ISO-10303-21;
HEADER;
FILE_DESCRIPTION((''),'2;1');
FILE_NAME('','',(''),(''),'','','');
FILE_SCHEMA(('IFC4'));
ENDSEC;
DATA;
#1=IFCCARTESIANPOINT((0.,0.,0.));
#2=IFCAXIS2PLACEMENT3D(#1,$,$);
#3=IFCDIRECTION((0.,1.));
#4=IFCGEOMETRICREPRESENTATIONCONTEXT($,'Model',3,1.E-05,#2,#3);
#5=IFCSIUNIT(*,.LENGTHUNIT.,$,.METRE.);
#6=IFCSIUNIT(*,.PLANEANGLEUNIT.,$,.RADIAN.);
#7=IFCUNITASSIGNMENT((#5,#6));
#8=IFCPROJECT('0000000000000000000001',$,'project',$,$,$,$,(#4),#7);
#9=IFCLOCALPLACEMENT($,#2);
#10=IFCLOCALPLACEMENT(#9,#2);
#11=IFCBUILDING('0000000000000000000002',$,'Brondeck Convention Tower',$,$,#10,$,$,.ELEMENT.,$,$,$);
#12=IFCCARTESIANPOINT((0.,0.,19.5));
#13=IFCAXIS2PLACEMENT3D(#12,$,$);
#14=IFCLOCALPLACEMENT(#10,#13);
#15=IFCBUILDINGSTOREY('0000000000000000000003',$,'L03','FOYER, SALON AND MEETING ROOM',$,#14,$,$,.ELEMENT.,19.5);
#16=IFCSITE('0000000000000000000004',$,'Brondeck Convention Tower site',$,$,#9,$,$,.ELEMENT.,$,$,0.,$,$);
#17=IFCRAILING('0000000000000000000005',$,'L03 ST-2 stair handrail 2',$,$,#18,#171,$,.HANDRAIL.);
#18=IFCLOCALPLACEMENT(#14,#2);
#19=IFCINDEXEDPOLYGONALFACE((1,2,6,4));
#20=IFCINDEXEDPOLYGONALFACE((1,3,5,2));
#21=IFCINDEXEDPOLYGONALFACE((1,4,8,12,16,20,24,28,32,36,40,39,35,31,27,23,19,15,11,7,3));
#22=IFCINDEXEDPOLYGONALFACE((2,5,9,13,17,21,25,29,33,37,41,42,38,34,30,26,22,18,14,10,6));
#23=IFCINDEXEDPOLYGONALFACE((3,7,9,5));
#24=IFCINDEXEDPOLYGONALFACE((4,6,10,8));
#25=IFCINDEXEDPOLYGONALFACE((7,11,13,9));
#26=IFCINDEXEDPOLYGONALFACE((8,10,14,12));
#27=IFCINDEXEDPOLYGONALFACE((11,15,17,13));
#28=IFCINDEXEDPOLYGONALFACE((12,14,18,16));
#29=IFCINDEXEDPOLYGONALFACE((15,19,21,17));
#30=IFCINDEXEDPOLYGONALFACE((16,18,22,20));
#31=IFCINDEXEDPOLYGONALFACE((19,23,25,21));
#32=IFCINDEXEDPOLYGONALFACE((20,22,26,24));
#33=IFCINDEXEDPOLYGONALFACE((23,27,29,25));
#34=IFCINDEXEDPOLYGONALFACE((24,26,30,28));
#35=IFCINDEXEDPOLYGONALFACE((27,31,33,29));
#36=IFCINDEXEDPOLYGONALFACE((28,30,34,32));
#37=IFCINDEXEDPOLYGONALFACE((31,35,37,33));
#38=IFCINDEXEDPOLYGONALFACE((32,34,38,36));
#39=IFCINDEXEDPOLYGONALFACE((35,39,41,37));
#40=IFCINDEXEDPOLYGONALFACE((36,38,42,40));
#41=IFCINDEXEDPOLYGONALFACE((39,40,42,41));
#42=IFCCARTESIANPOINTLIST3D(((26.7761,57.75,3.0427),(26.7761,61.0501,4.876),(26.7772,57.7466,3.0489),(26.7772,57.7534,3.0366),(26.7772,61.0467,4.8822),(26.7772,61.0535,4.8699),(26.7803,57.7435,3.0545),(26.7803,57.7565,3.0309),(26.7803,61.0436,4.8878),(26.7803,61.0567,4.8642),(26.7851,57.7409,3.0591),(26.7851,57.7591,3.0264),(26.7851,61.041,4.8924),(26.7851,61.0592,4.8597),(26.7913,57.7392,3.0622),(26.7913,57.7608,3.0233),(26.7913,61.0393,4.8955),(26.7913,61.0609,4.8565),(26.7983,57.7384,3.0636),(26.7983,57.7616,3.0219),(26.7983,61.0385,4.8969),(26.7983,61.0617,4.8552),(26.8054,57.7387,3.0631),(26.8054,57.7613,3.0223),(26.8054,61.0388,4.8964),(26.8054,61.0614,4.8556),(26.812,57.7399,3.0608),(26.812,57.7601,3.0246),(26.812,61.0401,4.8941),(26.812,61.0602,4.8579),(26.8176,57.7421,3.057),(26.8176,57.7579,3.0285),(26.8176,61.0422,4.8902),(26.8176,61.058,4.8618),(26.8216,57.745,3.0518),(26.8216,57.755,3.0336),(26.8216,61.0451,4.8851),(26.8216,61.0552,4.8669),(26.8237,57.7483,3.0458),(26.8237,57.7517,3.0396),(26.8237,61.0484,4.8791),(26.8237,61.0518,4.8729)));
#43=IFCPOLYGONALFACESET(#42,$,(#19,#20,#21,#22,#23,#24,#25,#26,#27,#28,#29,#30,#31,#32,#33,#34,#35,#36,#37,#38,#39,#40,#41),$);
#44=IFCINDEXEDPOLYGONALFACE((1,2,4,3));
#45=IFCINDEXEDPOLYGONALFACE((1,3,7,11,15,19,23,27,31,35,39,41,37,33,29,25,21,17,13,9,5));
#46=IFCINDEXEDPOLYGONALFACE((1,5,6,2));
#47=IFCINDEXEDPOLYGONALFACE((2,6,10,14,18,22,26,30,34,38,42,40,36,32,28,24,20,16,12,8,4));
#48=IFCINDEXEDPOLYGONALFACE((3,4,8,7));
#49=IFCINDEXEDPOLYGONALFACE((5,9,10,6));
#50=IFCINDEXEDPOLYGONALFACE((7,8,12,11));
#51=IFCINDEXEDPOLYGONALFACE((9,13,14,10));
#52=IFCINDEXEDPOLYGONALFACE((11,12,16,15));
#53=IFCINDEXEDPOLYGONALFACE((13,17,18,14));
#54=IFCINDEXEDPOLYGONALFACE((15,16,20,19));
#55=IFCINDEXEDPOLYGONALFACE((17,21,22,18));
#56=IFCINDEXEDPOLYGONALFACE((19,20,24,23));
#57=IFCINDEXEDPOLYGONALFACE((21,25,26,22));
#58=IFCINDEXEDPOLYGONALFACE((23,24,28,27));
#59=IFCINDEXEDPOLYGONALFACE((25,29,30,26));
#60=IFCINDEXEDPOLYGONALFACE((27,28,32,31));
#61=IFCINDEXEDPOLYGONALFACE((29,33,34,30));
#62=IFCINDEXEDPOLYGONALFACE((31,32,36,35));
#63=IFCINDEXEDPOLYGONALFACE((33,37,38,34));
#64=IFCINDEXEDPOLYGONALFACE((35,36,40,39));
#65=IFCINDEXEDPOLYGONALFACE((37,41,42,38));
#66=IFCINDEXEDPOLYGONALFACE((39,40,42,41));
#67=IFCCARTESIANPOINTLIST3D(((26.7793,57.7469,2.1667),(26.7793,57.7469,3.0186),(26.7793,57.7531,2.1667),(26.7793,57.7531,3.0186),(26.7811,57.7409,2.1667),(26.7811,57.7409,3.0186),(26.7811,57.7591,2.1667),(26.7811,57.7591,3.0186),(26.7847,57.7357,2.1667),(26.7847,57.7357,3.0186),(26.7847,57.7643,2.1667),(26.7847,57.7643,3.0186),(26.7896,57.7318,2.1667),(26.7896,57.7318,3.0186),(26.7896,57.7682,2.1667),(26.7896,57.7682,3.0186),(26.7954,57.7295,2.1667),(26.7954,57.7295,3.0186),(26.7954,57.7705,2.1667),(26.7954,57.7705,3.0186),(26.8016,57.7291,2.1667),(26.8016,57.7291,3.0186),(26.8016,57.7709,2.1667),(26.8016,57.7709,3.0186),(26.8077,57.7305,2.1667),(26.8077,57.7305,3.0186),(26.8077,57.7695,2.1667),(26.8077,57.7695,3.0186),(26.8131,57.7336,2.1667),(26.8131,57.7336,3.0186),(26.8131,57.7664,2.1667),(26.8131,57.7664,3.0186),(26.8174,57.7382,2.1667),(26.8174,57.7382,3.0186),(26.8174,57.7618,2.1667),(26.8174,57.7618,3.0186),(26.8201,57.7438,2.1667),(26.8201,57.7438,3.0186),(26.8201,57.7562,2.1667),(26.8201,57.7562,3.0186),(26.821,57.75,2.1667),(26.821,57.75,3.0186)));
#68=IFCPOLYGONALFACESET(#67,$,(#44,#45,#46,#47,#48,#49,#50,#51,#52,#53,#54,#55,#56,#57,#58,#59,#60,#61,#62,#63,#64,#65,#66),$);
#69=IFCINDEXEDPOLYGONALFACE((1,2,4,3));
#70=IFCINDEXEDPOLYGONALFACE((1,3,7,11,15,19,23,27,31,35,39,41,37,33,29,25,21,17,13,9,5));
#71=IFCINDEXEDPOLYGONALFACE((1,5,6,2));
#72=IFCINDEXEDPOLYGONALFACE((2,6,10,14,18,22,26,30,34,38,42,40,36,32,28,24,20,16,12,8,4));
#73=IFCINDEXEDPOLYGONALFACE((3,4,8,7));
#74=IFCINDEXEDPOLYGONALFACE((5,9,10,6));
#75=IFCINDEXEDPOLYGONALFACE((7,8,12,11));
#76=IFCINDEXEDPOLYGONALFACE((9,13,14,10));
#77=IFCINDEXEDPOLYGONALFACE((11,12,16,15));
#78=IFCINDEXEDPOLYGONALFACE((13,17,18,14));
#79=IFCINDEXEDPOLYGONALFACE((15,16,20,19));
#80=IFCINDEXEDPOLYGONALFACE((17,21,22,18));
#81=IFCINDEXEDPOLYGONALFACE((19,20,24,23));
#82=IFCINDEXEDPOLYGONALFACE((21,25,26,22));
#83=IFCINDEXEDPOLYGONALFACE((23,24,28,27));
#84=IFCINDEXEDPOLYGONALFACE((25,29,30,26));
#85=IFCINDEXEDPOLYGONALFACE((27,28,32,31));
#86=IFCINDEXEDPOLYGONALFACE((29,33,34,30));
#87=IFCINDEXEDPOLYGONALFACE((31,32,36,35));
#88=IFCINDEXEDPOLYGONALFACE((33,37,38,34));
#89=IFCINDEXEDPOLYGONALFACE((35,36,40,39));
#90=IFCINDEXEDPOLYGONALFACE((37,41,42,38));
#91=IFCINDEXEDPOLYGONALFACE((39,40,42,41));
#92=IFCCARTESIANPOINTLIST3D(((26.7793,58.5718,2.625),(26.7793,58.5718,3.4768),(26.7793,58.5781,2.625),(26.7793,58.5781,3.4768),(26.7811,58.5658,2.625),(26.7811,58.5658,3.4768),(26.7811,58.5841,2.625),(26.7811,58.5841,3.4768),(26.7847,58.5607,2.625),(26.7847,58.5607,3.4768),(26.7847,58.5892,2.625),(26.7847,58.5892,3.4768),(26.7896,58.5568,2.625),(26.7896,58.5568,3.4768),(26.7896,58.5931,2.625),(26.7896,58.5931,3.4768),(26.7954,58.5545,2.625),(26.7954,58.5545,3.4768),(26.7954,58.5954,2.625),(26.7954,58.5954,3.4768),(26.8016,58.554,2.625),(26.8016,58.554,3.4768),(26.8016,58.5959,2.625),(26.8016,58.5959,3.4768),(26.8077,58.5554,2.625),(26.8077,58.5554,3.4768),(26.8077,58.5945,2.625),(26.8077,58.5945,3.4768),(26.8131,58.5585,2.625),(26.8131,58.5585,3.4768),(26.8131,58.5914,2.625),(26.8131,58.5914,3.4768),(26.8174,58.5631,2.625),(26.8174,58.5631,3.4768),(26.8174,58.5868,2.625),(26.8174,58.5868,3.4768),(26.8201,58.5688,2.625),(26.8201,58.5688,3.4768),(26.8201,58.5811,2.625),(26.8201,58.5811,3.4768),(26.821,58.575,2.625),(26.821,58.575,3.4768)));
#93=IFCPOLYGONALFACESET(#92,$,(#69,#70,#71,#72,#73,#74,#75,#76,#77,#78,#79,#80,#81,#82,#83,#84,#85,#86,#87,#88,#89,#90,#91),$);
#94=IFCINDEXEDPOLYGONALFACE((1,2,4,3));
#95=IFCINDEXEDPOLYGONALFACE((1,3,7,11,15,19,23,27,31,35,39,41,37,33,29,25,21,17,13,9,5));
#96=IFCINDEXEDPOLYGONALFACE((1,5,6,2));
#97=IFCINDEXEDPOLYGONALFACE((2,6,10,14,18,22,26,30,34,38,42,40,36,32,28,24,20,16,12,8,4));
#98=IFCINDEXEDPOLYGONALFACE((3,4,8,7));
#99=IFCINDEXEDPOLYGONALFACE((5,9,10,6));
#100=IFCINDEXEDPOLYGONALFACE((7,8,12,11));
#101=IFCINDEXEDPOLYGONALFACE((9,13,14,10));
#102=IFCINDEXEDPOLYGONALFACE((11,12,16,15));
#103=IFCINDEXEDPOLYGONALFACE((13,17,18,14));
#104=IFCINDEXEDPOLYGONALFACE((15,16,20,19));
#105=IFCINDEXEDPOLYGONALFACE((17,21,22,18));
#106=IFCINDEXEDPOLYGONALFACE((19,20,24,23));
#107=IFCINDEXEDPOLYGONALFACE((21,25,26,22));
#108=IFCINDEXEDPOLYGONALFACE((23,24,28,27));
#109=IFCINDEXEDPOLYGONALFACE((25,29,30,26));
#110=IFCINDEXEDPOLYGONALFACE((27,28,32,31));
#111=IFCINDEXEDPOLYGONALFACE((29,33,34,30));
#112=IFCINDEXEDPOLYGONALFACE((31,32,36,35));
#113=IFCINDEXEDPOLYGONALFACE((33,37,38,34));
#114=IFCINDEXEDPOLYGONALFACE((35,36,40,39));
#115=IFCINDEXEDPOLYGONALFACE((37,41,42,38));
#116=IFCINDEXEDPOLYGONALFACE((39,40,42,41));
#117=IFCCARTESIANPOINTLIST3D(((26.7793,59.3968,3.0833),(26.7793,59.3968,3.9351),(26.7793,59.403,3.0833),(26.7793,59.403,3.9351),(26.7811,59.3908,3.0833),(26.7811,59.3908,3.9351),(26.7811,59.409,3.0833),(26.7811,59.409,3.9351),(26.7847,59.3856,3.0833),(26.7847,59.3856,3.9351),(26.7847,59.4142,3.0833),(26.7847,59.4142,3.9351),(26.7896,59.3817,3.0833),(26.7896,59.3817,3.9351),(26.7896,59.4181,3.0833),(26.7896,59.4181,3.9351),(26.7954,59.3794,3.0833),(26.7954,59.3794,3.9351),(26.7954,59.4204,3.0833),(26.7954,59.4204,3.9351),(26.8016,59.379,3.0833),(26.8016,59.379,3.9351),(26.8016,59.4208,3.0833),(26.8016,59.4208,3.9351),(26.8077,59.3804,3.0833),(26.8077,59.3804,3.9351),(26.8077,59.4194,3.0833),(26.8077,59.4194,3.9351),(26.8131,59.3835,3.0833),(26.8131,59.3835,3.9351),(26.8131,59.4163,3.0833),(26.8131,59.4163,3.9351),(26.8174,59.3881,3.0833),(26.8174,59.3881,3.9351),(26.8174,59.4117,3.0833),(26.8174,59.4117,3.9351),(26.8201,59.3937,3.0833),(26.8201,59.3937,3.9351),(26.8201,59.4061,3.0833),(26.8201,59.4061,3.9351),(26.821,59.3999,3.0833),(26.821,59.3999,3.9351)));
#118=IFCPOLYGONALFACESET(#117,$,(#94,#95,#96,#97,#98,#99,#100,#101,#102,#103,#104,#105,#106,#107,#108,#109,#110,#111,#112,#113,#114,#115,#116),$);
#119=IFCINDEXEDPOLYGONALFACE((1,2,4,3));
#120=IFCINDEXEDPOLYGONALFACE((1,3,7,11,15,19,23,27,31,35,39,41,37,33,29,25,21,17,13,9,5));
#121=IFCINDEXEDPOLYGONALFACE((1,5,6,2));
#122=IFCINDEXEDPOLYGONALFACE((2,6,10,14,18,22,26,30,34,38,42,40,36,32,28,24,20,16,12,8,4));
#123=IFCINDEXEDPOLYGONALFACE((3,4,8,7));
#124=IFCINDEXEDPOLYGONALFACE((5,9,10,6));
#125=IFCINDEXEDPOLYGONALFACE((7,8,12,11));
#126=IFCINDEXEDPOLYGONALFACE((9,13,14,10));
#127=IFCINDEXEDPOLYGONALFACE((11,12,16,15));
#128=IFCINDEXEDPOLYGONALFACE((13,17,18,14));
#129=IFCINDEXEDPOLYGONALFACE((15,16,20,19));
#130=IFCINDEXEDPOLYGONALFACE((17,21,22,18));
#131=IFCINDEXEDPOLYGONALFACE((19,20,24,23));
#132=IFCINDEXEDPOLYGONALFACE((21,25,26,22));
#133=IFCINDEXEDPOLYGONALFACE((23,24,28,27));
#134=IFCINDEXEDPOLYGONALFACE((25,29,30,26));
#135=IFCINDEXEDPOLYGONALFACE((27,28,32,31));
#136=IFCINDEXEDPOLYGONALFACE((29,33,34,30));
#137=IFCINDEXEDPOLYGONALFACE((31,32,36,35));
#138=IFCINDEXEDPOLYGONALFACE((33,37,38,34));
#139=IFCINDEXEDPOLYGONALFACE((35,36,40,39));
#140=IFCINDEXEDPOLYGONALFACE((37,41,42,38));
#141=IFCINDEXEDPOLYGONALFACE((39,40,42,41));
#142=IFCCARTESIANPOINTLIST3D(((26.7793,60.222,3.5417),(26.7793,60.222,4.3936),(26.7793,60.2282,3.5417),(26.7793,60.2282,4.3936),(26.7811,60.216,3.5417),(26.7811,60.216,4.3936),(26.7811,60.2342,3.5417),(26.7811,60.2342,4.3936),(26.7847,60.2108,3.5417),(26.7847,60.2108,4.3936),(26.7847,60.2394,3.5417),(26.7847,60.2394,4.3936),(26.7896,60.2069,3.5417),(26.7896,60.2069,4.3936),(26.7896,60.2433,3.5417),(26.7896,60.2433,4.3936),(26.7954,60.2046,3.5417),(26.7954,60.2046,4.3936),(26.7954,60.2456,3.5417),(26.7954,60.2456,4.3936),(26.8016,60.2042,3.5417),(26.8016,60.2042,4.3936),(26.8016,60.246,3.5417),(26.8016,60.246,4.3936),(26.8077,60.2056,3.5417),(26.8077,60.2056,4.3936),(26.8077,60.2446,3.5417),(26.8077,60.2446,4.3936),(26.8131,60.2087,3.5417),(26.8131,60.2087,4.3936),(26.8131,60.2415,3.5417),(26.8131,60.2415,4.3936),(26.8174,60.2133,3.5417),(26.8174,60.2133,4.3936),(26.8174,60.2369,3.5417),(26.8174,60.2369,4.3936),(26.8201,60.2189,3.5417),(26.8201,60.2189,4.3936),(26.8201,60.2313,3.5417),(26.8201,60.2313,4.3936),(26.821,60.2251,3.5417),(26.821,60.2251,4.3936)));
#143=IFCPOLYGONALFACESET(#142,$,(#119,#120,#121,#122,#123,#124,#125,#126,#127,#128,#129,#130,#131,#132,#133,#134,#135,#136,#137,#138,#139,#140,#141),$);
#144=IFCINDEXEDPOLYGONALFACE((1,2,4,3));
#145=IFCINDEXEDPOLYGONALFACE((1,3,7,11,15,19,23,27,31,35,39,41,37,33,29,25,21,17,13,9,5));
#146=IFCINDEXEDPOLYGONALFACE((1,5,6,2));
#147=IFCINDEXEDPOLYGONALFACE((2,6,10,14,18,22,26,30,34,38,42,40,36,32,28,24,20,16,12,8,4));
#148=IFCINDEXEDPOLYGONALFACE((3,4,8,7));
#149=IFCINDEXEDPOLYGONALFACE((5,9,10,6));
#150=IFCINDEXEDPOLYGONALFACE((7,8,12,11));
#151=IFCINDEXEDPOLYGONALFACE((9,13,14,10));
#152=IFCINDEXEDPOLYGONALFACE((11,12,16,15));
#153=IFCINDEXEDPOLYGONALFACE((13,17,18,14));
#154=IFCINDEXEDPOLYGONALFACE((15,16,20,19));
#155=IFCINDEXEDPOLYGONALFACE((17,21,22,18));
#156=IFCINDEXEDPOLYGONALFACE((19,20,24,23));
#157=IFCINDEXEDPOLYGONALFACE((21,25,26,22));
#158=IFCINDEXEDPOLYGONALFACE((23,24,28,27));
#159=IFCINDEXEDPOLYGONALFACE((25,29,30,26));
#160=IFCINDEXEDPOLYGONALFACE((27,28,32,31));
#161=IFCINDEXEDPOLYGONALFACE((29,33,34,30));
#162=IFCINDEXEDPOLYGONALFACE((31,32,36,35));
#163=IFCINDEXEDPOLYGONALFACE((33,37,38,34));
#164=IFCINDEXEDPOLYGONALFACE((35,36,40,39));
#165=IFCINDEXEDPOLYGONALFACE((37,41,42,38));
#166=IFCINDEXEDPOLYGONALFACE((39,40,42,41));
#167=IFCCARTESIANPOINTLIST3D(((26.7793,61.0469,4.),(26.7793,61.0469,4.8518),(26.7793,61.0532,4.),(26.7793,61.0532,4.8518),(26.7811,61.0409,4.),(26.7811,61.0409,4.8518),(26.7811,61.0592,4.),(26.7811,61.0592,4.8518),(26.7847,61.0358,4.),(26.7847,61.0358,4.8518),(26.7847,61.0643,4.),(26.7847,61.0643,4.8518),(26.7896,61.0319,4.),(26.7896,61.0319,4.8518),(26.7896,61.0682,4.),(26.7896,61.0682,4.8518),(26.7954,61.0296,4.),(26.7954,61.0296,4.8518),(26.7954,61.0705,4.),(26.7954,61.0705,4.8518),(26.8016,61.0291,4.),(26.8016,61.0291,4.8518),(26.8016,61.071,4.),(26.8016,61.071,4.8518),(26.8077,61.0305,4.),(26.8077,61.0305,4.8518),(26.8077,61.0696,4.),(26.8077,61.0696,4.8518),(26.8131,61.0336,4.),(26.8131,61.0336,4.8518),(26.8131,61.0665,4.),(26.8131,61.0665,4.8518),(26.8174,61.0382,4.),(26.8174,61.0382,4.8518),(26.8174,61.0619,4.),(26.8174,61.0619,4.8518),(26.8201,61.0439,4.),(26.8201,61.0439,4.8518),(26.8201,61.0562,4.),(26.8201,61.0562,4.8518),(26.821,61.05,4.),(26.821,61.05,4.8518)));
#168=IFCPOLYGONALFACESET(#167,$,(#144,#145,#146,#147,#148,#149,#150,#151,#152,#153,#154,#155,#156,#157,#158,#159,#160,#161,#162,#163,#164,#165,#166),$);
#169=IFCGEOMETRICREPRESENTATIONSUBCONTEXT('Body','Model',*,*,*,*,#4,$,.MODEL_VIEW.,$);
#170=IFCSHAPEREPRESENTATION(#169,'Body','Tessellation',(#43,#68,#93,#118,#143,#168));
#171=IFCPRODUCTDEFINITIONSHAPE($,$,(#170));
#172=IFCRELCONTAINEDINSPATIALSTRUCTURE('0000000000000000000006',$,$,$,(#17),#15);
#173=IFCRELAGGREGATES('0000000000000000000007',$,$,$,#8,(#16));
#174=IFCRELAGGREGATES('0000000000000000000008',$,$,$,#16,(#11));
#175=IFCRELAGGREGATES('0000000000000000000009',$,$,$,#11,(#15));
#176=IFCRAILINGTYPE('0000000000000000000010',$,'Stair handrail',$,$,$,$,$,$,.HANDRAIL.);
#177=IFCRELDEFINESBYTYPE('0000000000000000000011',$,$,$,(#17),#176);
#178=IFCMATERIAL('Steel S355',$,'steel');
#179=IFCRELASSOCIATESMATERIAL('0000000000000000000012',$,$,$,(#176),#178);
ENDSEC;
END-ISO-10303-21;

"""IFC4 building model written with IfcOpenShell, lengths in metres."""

from ifc_helpers import new_model, si_unit, direction, frame, origin, origin_2d, place, context, subcontext, project, spatial, circle, extrude, material, type_object, element, save


model = new_model("IFC4")

# Units and contexts
model_context = context("Model", 3, precision=1e-05, world=origin(), true_north=direction((0.0, 1.0)))
body_context = subcontext(model_context, "Body", "Model", "MODEL_VIEW")
ifc_project = project(units=[si_unit("LENGTHUNIT", "METRE"), si_unit("PLANEANGLEUNIT", "RADIAN")], contexts=[model_context])

# Site, building, storey
site_placement = place(None, origin())
site = spatial("IfcSite", under=ifc_project, at=site_placement, Name="Brondeck Convention Tower site", CompositionType="ELEMENT", RefElevation=0.0)
building_placement = place(site_placement, origin())
building = spatial("IfcBuilding", under=site, at=building_placement, Name="Brondeck Convention Tower", CompositionType="ELEMENT")
storey_placement = place(building_placement, frame((0.0, 0.0, 19.5)))
storey = spatial("IfcBuildingStorey", under=building, at=storey_placement, Name="L03", Description="FOYER, SALON AND MEETING ROOM", CompositionType="ELEMENT", Elevation=19.5)

# Shared definitions
ifc_material_1 = material(Name="Steel S355", Category="steel")

# Railing
railing_type_1 = type_object("IfcRailingType", Name="Stair handrail", PredefinedType="HANDRAIL", material=ifc_material_1)
railing_1_placement = place(storey_placement, frame((26.8, 57.75, 2.1667)))
element("IfcRailing", 1, at=railing_1_placement, inside=storey, type_object=railing_type_1, Name="L03 ST-2 stair handrail 2", PredefinedType="HANDRAIL", context=body_context, shape_type="SweptSolid", body=[
    extrude(circle(Radius=0.0239, at=origin_2d()), frame((0.0, 0.0, 0.876), z_axis=(0.0, 0.874169, 0.485621), x_axis=(-1.0, 0.0, 0.0)), (0.0, 0.0, 1.0), 3.7751),
    extrude(circle(Radius=0.021, at=origin_2d()), origin(), (0.0, 0.0, 1.0), 0.8518),
    extrude(circle(Radius=0.021, at=origin_2d()), frame((0.0, 0.825, 0.4583)), (0.0, 0.0, 1.0), 0.8518),
    extrude(circle(Radius=0.021, at=origin_2d()), frame((0.0, 1.6499, 0.9165)), (0.0, 0.0, 1.0), 0.8518),
    extrude(circle(Radius=0.021, at=origin_2d()), frame((0.0, 2.4751, 1.375)), (0.0, 0.0, 1.0), 0.8518),
    extrude(circle(Radius=0.021, at=origin_2d()), frame((0.0, 3.3, 1.8333)), (0.0, 0.0, 1.0), 0.8518),
])

save(model, "model.ifc")
